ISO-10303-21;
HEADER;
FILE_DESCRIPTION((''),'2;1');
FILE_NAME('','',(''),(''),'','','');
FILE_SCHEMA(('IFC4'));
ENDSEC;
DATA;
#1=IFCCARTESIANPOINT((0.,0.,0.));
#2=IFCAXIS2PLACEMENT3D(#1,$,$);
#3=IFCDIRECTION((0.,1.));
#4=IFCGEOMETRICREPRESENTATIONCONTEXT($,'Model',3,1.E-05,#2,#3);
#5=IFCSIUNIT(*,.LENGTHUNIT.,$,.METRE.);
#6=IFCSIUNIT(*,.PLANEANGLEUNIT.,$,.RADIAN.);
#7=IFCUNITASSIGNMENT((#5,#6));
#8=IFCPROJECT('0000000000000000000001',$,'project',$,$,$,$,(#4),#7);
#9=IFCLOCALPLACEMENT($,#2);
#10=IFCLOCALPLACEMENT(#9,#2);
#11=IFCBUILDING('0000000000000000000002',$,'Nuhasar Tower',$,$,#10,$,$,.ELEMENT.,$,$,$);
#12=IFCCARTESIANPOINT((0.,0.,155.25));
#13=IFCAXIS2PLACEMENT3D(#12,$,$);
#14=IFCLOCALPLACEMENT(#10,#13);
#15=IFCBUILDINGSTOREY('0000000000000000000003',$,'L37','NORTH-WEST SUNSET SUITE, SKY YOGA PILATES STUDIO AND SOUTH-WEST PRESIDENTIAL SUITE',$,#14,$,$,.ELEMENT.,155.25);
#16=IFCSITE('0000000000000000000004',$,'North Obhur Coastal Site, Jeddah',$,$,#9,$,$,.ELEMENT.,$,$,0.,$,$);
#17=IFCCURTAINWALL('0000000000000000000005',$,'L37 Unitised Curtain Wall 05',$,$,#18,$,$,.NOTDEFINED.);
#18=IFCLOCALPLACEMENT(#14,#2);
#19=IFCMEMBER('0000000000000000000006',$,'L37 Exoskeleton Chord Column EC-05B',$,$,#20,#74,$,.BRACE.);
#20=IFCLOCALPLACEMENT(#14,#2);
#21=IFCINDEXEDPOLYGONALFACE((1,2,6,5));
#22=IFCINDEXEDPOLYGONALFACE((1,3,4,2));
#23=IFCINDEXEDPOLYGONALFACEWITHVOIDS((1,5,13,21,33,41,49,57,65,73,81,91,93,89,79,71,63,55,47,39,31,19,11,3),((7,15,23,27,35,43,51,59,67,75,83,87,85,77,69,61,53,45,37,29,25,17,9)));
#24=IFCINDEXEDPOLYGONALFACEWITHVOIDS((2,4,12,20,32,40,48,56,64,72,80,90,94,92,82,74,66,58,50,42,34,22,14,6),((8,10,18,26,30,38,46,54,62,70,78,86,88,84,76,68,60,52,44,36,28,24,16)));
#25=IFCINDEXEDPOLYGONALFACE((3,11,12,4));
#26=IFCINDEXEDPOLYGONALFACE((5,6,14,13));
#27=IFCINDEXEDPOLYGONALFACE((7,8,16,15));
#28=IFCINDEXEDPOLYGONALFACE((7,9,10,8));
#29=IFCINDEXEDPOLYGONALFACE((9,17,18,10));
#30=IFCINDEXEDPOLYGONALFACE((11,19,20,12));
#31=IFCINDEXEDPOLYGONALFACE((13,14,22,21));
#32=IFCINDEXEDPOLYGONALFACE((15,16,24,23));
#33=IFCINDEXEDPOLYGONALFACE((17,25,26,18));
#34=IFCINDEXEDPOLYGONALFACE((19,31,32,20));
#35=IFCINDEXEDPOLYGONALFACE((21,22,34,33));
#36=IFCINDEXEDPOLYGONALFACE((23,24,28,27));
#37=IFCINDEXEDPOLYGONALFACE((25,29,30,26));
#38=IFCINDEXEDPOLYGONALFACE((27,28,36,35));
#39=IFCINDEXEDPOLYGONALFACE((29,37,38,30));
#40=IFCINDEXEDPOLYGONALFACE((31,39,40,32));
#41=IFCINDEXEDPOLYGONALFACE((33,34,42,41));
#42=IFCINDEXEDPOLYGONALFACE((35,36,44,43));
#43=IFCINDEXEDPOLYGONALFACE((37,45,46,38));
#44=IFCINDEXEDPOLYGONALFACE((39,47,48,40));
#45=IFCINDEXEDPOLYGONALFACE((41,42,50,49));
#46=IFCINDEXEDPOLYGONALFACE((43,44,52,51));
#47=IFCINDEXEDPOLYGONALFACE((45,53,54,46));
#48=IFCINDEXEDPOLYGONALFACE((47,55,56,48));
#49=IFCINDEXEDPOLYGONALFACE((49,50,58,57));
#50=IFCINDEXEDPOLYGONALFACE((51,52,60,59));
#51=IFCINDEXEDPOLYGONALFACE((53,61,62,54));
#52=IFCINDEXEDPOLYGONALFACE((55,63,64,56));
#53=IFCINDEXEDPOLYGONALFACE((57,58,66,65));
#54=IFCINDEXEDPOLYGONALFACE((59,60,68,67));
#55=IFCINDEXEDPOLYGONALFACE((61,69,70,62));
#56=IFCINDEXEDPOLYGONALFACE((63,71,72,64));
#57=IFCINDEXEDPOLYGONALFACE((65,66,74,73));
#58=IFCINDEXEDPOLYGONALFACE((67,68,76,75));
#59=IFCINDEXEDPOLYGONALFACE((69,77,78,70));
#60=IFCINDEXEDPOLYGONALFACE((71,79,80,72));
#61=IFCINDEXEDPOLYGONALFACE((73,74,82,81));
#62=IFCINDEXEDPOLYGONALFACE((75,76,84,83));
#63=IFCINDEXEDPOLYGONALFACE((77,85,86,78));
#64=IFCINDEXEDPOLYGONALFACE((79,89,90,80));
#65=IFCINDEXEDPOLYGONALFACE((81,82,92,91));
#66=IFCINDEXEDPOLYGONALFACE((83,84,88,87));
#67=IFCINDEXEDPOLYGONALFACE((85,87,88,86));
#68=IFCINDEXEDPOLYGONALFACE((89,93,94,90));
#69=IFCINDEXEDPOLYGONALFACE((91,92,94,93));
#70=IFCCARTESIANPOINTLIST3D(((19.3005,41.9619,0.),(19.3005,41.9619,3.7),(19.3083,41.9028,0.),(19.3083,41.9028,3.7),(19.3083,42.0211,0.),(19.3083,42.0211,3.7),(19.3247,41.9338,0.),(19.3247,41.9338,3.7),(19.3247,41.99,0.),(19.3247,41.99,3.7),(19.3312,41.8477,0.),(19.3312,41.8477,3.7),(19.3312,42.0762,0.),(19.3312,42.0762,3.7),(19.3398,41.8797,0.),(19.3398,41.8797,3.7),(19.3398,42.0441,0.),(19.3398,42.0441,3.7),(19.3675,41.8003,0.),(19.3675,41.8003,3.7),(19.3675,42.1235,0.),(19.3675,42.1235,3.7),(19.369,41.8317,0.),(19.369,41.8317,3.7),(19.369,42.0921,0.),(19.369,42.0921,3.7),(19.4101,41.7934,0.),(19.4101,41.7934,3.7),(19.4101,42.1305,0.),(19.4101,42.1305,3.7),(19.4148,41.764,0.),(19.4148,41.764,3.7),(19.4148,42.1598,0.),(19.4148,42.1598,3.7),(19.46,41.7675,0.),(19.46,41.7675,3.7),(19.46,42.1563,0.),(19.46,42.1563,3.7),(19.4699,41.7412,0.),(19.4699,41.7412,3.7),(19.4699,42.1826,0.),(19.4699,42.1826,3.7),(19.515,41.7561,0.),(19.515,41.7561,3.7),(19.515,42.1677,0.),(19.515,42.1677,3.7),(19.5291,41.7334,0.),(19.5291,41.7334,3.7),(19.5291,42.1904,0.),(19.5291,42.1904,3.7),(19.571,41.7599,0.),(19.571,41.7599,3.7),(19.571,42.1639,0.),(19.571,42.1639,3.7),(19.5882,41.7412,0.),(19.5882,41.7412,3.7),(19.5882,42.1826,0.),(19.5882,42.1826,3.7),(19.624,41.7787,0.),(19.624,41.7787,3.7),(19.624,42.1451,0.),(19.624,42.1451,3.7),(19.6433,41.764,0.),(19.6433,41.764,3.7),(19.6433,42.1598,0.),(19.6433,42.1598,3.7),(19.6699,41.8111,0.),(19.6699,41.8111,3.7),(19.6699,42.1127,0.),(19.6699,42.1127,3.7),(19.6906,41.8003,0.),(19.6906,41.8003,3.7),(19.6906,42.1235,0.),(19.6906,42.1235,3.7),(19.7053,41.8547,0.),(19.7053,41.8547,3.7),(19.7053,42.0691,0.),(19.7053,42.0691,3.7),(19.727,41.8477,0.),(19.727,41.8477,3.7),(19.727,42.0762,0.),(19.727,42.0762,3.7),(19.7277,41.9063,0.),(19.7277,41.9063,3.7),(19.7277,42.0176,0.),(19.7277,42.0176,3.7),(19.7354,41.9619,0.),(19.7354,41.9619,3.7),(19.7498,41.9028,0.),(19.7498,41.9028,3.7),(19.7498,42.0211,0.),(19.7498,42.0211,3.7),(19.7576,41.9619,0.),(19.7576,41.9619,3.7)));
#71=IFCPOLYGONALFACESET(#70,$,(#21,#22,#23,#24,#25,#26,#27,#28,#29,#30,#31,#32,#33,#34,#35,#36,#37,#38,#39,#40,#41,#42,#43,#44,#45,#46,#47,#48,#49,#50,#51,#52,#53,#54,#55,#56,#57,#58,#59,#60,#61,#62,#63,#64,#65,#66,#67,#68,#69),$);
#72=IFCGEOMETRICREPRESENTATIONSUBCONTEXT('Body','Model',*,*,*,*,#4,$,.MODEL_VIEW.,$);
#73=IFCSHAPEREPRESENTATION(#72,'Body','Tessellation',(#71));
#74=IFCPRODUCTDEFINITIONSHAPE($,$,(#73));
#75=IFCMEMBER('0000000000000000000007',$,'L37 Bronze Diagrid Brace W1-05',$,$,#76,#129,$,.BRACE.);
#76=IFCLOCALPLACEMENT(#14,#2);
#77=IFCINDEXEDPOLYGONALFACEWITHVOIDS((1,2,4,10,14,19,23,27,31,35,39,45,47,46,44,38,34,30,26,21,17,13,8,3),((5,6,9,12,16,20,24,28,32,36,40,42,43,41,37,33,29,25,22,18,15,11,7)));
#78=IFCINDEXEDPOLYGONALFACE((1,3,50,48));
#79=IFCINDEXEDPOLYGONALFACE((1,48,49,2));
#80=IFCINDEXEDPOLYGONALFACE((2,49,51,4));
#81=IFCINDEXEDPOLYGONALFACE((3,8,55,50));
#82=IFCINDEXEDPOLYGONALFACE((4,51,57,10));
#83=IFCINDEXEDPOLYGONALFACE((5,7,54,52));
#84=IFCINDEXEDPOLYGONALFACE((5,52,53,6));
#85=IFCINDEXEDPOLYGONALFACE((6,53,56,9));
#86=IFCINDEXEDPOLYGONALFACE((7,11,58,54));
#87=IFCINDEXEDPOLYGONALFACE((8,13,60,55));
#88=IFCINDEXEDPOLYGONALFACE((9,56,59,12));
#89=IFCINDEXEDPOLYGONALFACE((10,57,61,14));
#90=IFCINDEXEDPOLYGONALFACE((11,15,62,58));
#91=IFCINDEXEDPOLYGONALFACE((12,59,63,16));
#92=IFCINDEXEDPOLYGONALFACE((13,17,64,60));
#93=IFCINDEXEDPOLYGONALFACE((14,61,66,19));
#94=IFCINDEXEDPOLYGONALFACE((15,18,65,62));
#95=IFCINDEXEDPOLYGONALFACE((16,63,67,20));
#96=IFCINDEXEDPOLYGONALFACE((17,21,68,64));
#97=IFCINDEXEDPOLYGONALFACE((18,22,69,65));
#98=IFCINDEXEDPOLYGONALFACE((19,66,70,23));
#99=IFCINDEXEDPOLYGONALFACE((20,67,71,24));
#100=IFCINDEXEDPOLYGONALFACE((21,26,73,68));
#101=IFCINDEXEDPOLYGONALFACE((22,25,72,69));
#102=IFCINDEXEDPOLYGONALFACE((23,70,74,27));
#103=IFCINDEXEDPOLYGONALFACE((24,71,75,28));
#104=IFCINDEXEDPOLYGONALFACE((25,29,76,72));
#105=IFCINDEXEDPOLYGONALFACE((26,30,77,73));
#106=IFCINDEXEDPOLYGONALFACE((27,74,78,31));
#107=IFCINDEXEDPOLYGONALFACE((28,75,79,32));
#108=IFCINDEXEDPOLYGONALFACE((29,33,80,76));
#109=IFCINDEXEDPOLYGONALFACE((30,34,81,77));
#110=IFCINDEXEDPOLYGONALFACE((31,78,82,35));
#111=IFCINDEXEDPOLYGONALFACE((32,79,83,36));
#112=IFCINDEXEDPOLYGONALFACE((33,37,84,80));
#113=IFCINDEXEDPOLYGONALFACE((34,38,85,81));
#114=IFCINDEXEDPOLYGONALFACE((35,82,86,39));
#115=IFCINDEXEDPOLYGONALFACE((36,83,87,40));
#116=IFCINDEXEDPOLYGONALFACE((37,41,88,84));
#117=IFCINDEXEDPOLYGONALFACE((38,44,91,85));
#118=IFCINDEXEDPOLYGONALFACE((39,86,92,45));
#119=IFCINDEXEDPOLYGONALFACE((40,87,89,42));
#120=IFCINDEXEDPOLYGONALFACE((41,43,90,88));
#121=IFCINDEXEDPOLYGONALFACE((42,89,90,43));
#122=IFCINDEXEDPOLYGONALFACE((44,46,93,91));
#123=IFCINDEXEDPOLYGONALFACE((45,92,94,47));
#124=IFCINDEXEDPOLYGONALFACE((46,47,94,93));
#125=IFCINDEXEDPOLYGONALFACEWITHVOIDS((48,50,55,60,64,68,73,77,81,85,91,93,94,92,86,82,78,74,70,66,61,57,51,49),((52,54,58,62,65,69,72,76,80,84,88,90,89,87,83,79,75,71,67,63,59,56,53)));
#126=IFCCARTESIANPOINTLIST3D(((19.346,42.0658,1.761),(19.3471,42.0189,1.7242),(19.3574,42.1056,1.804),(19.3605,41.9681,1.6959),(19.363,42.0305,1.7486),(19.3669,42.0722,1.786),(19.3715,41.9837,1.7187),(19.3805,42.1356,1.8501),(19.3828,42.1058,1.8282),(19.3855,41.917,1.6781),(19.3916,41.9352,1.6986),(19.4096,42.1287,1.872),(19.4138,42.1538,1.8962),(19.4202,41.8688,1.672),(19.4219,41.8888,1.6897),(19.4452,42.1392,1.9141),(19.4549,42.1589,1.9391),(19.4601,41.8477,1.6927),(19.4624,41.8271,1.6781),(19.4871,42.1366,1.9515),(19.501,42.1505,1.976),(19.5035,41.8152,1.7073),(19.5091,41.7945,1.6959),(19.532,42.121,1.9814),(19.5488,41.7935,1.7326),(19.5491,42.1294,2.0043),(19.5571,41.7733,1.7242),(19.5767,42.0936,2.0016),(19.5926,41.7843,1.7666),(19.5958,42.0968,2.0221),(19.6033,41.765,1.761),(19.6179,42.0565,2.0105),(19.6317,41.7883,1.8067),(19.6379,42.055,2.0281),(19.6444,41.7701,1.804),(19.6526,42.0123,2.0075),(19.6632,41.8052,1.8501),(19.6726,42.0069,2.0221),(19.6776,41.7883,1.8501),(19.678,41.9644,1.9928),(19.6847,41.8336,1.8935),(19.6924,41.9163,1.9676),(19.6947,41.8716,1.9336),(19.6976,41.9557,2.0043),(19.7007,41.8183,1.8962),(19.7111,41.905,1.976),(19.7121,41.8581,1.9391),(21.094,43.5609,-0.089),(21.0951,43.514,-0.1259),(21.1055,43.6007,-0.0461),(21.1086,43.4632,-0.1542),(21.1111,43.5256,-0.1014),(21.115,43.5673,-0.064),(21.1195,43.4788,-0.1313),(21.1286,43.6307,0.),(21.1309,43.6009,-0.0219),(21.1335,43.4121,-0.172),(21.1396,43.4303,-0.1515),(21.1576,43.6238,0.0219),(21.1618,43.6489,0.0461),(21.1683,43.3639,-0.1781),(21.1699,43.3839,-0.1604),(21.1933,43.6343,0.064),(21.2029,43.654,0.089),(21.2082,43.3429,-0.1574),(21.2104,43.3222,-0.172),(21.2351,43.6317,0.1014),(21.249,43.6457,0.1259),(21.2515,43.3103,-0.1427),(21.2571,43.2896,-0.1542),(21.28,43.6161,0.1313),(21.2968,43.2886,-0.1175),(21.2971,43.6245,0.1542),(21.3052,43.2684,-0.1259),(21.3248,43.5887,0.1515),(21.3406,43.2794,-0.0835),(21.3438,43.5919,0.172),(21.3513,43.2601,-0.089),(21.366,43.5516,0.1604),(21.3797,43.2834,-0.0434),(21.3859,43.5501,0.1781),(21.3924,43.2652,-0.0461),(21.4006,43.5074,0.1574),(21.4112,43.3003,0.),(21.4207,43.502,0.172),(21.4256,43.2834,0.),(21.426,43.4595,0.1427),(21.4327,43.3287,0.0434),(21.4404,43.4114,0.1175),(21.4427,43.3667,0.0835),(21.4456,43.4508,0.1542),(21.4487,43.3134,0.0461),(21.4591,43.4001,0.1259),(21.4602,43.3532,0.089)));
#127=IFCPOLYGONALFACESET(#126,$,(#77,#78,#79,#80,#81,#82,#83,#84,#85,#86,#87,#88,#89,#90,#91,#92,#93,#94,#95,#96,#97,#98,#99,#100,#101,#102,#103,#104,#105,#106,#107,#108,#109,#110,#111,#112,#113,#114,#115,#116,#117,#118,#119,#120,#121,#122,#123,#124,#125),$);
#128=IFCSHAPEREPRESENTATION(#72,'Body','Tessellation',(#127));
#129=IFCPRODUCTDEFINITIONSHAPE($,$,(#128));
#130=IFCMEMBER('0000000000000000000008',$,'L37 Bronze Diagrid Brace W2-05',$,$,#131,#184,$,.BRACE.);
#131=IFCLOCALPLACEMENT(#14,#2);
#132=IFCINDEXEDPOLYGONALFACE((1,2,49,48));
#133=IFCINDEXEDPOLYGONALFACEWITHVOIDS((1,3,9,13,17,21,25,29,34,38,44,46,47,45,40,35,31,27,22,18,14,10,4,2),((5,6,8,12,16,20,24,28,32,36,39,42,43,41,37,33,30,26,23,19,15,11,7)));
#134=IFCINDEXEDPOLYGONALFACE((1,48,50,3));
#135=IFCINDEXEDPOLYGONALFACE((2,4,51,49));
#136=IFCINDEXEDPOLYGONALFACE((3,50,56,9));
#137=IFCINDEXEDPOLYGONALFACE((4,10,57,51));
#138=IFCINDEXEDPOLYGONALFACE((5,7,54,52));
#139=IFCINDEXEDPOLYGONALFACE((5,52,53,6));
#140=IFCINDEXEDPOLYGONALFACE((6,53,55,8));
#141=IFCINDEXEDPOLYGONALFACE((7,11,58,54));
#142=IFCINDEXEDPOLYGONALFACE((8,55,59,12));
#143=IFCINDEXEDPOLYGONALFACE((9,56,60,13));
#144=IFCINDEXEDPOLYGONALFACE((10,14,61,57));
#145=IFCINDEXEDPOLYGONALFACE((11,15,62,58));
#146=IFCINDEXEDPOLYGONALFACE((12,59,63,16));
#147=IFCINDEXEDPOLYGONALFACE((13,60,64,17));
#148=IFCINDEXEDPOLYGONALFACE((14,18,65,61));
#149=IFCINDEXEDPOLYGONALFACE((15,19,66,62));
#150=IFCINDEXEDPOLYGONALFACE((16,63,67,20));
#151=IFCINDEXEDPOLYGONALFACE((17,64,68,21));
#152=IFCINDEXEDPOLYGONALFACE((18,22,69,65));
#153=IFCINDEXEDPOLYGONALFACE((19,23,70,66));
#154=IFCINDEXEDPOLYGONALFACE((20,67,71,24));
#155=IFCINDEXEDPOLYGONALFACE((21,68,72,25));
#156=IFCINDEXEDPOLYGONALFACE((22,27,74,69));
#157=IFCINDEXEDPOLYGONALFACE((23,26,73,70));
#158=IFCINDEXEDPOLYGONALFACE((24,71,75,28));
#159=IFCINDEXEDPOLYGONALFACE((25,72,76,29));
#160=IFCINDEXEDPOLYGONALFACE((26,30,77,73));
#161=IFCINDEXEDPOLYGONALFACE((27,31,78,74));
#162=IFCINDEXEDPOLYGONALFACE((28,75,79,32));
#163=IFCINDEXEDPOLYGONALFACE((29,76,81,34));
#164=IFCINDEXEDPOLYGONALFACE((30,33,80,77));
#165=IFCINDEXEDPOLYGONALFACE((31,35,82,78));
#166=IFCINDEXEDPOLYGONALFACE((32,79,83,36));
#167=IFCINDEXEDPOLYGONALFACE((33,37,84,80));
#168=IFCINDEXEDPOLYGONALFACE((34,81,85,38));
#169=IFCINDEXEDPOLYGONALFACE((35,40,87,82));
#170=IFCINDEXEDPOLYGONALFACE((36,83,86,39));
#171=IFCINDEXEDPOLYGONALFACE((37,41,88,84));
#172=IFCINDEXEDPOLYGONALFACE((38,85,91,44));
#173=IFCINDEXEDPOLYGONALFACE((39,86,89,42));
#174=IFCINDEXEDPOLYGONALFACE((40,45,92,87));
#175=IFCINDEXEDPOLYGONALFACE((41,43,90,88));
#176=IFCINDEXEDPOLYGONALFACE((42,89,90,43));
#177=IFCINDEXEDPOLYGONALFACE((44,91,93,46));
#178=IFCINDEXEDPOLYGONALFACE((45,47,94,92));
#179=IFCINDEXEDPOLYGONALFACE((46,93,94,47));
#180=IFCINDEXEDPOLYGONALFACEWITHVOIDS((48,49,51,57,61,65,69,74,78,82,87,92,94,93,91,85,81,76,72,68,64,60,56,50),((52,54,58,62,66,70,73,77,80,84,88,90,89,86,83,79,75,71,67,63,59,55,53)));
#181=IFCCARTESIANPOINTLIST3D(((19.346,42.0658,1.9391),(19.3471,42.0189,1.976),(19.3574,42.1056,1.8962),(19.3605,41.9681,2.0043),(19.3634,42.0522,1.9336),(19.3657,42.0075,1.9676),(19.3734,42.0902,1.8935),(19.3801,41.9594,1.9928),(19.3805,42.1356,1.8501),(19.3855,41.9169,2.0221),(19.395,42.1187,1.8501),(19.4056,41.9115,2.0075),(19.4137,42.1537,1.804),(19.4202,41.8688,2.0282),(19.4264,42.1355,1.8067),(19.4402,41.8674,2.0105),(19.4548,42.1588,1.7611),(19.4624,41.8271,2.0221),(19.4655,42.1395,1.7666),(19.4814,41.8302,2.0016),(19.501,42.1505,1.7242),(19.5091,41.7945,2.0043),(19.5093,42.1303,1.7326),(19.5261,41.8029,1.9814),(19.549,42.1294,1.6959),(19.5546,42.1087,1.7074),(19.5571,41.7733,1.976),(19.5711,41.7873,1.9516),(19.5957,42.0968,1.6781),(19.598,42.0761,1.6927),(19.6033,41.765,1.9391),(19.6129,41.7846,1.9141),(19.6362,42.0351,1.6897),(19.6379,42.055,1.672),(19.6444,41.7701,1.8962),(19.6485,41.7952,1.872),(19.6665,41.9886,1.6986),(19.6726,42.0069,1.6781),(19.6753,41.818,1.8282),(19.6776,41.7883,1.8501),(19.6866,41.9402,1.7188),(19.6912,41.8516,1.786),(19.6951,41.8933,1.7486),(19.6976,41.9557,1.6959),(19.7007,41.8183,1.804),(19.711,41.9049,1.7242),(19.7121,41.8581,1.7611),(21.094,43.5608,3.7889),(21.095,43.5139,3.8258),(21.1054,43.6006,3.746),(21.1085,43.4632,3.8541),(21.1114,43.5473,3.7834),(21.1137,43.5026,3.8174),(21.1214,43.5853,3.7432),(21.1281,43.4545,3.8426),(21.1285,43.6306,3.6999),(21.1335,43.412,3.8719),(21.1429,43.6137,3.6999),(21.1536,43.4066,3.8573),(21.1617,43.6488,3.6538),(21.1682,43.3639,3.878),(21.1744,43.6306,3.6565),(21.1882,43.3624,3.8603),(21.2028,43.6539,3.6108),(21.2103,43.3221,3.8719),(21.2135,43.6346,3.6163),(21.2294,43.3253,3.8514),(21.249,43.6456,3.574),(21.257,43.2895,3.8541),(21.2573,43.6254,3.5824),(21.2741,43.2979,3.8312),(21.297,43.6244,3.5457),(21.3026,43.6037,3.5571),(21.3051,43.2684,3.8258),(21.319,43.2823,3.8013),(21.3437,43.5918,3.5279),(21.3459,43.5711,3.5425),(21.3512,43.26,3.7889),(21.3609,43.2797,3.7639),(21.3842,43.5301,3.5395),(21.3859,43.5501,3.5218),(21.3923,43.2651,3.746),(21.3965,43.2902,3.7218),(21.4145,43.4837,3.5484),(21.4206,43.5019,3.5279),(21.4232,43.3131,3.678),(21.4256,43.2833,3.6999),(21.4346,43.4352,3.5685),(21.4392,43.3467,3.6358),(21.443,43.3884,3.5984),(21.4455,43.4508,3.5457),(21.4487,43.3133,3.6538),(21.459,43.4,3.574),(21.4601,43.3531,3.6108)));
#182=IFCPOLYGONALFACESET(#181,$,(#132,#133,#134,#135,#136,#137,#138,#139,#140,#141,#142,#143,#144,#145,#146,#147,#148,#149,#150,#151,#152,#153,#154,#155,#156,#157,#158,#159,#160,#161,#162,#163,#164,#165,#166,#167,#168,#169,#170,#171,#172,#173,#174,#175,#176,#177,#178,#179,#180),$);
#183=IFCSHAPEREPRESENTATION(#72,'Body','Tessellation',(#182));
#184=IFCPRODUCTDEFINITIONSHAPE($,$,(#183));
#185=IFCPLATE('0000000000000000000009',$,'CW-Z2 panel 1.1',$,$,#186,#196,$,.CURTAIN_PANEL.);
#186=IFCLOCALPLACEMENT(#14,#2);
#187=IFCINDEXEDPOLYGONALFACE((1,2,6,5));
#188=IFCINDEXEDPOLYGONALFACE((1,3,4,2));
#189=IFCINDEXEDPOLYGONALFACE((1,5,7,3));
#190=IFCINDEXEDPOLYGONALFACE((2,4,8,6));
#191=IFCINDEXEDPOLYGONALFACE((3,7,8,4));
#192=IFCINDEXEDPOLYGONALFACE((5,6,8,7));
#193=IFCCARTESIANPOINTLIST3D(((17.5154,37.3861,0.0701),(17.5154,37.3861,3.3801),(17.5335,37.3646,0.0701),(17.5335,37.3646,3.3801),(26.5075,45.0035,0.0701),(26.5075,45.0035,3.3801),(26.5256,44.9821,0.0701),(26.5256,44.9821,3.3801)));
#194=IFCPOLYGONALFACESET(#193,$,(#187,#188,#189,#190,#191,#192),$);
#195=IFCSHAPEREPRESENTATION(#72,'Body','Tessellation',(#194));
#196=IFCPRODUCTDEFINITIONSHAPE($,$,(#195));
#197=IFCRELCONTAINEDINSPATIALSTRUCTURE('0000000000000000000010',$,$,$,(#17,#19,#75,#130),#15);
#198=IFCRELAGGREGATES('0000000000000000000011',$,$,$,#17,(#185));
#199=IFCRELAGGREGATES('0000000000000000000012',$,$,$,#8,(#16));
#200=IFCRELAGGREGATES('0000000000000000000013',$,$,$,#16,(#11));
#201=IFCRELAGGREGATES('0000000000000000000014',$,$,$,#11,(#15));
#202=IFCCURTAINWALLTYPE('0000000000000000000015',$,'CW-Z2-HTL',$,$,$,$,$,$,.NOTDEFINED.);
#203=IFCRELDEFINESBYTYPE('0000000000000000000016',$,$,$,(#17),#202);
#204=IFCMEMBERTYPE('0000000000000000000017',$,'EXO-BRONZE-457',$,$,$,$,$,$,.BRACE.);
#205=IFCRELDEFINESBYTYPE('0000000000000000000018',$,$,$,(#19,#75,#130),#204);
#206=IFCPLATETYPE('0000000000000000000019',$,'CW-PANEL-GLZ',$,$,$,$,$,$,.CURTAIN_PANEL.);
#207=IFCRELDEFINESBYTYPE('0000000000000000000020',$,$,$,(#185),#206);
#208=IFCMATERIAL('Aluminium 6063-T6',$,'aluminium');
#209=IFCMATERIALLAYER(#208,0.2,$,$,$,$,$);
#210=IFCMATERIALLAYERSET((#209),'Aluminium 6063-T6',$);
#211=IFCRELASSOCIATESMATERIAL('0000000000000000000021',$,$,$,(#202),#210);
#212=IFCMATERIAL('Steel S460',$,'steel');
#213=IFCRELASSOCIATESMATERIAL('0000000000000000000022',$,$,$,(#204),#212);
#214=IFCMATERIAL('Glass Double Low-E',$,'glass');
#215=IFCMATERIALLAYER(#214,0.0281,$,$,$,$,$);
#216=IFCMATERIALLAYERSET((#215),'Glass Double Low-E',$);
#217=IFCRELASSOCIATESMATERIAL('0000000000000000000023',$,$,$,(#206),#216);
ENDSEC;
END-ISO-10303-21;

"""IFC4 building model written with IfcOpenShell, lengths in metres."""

from ifc_helpers import new_model, si_unit, direction, frame, origin, origin_2d, place, context, subcontext, project, spatial, rectangle, hollow_circle, extrude, material, layer, layer_set, material_profile, profile_set, type_object, element, aggregate, save


model = new_model("IFC4")

# Units and contexts
model_context = context("Model", 3, precision=1e-05, world=origin(), true_north=direction((0.0, 1.0)))
body_context = subcontext(model_context, "Body", "Model", "MODEL_VIEW")
ifc_project = project(units=[si_unit("LENGTHUNIT", "METRE"), si_unit("PLANEANGLEUNIT", "RADIAN")], contexts=[model_context])

# Site, building, storey
site_placement = place(None, origin())
site = spatial("IfcSite", under=ifc_project, at=site_placement, Name="North Obhur Coastal Site, Jeddah", CompositionType="ELEMENT", RefElevation=0.0)
building_placement = place(site_placement, origin())
building = spatial("IfcBuilding", under=site, at=building_placement, Name="Nuhasar Tower", CompositionType="ELEMENT")
storey_placement = place(building_placement, frame((0.0, 0.0, 155.25)))
storey = spatial("IfcBuildingStorey", under=building, at=storey_placement, Name="L37", Description="NORTH-WEST SUNSET SUITE, SKY YOGA PILATES STUDIO AND SOUTH-WEST PRESIDENTIAL SUITE", CompositionType="ELEMENT", Elevation=155.25)

# Shared definitions
ifc_material_1 = material(Name="Aluminium 6063-T6", Category="aluminium")
ifc_layer_1 = layer(ifc_material_1, 0.2)
ifc_layer_set_1 = layer_set([ifc_layer_1], Name="Aluminium 6063-T6")
curtain_wall_type = type_object("IfcCurtainWallType", Name="CW-Z2-HTL", PredefinedType="NOTDEFINED", material=ifc_layer_set_1)

# Curtain wall
curtain_wall_1_placement = place(storey_placement, origin())
curtain_wall_1 = element("IfcCurtainWall", 1, at=curtain_wall_1_placement, inside=storey, type_object=curtain_wall_type, Name="L37 Unitised Curtain Wall 05", PredefinedType="NOTDEFINED")

# Members
ifc_material_2 = material(Name="Steel S460", Category="steel")
ifc_material_profile_1 = material_profile(ifc_material_2, hollow_circle(Radius=0.2285, WallThickness=0.0222, at=origin_2d()), Name="HSS457X22.2")
ifc_profile_set_1 = profile_set([ifc_material_profile_1], Name="Steel S460")
member_type_1 = type_object("IfcMemberType", Name="EXO-BRONZE-457", PredefinedType="BRACE", material=ifc_profile_set_1)
for number, where, z_axis, x_axis, name in (
    (2, (19.5291, 41.9619, 0.0), (0.0, 0.0, 1.0), (1.0, 0.0, 0.0), "L37 Exoskeleton Chord Column EC-05B"),
):
    element("IfcMember", number, at=place(storey_placement, frame(where, z_axis=z_axis, x_axis=x_axis)), inside=storey, type_object=member_type_1, Name=name, PredefinedType="BRACE", context=body_context, shape_type="SweptSolid", body=[
        extrude(hollow_circle(Radius=0.2285, WallThickness=0.0222, at=origin_2d()), origin(), (0.0, 0.0, 1.0), 3.7),
    ])
member_1_placement = place(storey_placement, frame((21.2771, 43.457, 0.0), z_axis=(-0.59217, -0.506488, 0.626741), x_axis=(0.649987, -0.759945, 0.0)))
element("IfcMember", 3, at=member_1_placement, inside=storey, type_object=member_type_1, Name="L37 Bronze Diagrid Brace W1-05", PredefinedType="BRACE", context=body_context, shape_type="SweptSolid", body=[
    extrude(hollow_circle(Radius=0.2285, WallThickness=0.0222, at=origin_2d()), origin(), (0.0, 0.0, 1.0), 2.9519),
])
member_2_placement = place(storey_placement, frame((19.5291, 41.9619, 1.8501), z_axis=(0.592201, 0.506514, 0.626691), x_axis=(-0.649987, 0.759945, 0.0)))
element("IfcMember", 4, at=member_2_placement, inside=storey, type_object=member_type_1, Name="L37 Bronze Diagrid Brace W2-05", PredefinedType="BRACE", context=body_context, shape_type="SweptSolid", body=[
    extrude(hollow_circle(Radius=0.2285, WallThickness=0.0222, at=origin_2d()), origin(), (0.0, 0.0, 1.0), 2.9517),
])

# Plate
ifc_material_3 = material(Name="Glass Double Low-E", Category="glass")
ifc_layer_2 = layer(ifc_material_3, 0.0281)
ifc_layer_set_2 = layer_set([ifc_layer_2], Name="Glass Double Low-E")
plate_type = type_object("IfcPlateType", Name="CW-PANEL-GLZ", PredefinedType="CURTAIN_PANEL", material=ifc_layer_set_2)
plate_placement = place(storey_placement, frame((22.0205, 41.1841, 0.0701), z_axis=(0.0, 0.0, 1.0), x_axis=(-0.76302, -0.646374, 0.0)))
plate = element("IfcPlate", 5, at=plate_placement, type_object=plate_type, Name="CW-Z2 panel 1.1", PredefinedType="CURTAIN_PANEL", context=body_context, shape_type="SweptSolid", body=[
    extrude(rectangle(XDim=11.7849, YDim=0.0281, at=origin_2d()), origin(), (0.0, 0.0, 1.0), 3.3101),
])
aggregate(curtain_wall_1, [plate])

save(model, "model.ifc")
